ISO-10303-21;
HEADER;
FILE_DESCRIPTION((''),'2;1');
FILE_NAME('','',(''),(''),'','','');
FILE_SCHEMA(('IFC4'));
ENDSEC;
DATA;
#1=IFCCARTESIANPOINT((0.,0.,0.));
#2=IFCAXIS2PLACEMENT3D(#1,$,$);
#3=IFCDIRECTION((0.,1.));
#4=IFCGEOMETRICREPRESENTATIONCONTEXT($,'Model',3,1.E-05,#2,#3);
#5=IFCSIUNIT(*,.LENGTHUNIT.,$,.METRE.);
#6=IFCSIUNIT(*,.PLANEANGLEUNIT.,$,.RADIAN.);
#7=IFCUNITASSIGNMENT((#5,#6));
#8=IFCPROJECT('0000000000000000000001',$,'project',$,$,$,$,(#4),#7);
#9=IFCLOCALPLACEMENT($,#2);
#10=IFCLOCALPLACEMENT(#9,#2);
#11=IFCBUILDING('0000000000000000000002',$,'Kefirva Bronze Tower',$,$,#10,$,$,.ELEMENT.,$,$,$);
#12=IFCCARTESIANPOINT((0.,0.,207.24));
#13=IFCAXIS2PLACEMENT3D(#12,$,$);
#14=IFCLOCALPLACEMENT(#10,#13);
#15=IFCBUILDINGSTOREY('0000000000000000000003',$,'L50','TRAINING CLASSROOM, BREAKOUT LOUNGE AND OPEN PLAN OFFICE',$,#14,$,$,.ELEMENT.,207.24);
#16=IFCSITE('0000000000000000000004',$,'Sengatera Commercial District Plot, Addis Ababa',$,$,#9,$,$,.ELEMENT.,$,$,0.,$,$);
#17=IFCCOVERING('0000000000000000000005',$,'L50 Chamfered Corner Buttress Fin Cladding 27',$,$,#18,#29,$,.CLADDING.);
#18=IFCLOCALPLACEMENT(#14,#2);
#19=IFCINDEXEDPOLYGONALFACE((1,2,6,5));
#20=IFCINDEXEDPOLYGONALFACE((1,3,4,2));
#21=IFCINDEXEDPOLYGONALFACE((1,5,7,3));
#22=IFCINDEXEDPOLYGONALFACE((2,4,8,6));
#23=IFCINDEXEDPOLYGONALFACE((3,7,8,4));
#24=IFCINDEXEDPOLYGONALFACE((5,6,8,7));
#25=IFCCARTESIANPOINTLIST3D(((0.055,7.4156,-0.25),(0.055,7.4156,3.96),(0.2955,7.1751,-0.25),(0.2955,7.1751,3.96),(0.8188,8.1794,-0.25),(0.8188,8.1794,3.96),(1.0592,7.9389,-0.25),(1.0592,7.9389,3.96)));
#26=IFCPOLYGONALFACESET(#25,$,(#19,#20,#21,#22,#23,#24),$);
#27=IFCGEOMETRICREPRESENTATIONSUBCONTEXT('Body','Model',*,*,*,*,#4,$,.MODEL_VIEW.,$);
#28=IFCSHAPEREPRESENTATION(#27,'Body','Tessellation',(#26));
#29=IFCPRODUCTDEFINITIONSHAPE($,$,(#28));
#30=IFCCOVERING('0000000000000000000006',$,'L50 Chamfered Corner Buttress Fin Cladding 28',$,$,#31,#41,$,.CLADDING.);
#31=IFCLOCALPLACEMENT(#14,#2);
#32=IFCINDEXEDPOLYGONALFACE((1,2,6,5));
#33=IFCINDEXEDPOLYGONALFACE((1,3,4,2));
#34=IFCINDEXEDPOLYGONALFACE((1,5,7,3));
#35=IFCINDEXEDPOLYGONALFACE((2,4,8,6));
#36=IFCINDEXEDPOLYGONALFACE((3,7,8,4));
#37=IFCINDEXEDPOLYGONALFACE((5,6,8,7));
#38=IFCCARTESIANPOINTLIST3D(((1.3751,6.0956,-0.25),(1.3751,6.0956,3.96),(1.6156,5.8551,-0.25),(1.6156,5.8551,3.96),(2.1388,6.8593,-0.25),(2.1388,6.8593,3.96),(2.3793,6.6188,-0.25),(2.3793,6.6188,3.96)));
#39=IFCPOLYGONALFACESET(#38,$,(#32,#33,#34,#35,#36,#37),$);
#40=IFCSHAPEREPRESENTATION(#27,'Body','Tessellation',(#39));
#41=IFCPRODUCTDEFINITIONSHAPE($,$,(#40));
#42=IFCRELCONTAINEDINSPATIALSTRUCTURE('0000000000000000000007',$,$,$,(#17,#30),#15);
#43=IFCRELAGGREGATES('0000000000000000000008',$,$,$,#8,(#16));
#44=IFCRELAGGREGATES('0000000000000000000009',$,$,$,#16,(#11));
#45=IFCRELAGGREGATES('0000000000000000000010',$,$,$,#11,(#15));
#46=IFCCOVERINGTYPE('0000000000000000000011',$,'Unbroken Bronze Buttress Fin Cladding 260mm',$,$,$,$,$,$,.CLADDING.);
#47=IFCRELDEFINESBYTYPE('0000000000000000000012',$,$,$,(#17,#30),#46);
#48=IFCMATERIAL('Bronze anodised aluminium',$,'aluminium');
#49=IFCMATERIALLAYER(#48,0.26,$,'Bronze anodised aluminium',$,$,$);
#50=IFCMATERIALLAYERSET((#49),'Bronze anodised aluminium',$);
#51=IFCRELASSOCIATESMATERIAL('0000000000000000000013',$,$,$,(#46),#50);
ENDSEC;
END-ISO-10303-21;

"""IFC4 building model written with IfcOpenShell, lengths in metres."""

from ifc_helpers import new_model, si_unit, direction, frame, origin, origin_2d, place, context, subcontext, project, spatial, rectangle, extrude, material, layer, layer_set, type_object, element, save


model = new_model("IFC4")

# Units and contexts
model_context = context("Model", 3, precision=1e-05, world=origin(), true_north=direction((0.0, 1.0)))
body_context = subcontext(model_context, "Body", "Model", "MODEL_VIEW")
ifc_project = project(units=[si_unit("LENGTHUNIT", "METRE"), si_unit("PLANEANGLEUNIT", "RADIAN")], contexts=[model_context])

# Site, building, storey
site_placement = place(None, origin())
site = spatial("IfcSite", under=ifc_project, at=site_placement, Name="Sengatera Commercial District Plot, Addis Ababa", CompositionType="ELEMENT", RefElevation=0.0)
building_placement = place(site_placement, origin())
building = spatial("IfcBuilding", under=site, at=building_placement, Name="Kefirva Bronze Tower", CompositionType="ELEMENT")
storey_placement = place(building_placement, frame((0.0, 0.0, 207.24)))
storey = spatial("IfcBuildingStorey", under=building, at=storey_placement, Name="L50", Description="TRAINING CLASSROOM, BREAKOUT LOUNGE AND OPEN PLAN OFFICE", CompositionType="ELEMENT", Elevation=207.24)

# Shared definitions
ifc_material_1 = material(Name="Bronze anodised aluminium", Category="aluminium")

# Coverings
ifc_layer_1 = layer(ifc_material_1, 0.26, Name="Bronze anodised aluminium")
ifc_layer_set_1 = layer_set([ifc_layer_1], Name="Bronze anodised aluminium")
covering_type_1 = type_object("IfcCoveringType", Name="Unbroken Bronze Buttress Fin Cladding 260mm", PredefinedType="CLADDING", material=ifc_layer_set_1)
for number, where, z_axis, x_axis, name in (
    (1, (0.5571, 7.6772, -0.25), (0.0, 0.0, 1.0), (0.707107, -0.707107, 0.0), "L50 Chamfered Corner Buttress Fin Cladding 27"),
    (2, (1.8772, 6.3572, -0.25), (0.0, 0.0, 1.0), (0.707107, -0.707107, 0.0), "L50 Chamfered Corner Buttress Fin Cladding 28"),
):
    element("IfcCovering", number, at=place(storey_placement, frame(where, z_axis=z_axis, x_axis=x_axis)), inside=storey, type_object=covering_type_1, Name=name, PredefinedType="CLADDING", context=body_context, shape_type="SweptSolid", body=[
        extrude(rectangle(XDim=0.3401, YDim=1.0801, at=origin_2d()), origin(), (0.0, 0.0, 1.0), 4.21),
    ])

save(model, "model.ifc")
